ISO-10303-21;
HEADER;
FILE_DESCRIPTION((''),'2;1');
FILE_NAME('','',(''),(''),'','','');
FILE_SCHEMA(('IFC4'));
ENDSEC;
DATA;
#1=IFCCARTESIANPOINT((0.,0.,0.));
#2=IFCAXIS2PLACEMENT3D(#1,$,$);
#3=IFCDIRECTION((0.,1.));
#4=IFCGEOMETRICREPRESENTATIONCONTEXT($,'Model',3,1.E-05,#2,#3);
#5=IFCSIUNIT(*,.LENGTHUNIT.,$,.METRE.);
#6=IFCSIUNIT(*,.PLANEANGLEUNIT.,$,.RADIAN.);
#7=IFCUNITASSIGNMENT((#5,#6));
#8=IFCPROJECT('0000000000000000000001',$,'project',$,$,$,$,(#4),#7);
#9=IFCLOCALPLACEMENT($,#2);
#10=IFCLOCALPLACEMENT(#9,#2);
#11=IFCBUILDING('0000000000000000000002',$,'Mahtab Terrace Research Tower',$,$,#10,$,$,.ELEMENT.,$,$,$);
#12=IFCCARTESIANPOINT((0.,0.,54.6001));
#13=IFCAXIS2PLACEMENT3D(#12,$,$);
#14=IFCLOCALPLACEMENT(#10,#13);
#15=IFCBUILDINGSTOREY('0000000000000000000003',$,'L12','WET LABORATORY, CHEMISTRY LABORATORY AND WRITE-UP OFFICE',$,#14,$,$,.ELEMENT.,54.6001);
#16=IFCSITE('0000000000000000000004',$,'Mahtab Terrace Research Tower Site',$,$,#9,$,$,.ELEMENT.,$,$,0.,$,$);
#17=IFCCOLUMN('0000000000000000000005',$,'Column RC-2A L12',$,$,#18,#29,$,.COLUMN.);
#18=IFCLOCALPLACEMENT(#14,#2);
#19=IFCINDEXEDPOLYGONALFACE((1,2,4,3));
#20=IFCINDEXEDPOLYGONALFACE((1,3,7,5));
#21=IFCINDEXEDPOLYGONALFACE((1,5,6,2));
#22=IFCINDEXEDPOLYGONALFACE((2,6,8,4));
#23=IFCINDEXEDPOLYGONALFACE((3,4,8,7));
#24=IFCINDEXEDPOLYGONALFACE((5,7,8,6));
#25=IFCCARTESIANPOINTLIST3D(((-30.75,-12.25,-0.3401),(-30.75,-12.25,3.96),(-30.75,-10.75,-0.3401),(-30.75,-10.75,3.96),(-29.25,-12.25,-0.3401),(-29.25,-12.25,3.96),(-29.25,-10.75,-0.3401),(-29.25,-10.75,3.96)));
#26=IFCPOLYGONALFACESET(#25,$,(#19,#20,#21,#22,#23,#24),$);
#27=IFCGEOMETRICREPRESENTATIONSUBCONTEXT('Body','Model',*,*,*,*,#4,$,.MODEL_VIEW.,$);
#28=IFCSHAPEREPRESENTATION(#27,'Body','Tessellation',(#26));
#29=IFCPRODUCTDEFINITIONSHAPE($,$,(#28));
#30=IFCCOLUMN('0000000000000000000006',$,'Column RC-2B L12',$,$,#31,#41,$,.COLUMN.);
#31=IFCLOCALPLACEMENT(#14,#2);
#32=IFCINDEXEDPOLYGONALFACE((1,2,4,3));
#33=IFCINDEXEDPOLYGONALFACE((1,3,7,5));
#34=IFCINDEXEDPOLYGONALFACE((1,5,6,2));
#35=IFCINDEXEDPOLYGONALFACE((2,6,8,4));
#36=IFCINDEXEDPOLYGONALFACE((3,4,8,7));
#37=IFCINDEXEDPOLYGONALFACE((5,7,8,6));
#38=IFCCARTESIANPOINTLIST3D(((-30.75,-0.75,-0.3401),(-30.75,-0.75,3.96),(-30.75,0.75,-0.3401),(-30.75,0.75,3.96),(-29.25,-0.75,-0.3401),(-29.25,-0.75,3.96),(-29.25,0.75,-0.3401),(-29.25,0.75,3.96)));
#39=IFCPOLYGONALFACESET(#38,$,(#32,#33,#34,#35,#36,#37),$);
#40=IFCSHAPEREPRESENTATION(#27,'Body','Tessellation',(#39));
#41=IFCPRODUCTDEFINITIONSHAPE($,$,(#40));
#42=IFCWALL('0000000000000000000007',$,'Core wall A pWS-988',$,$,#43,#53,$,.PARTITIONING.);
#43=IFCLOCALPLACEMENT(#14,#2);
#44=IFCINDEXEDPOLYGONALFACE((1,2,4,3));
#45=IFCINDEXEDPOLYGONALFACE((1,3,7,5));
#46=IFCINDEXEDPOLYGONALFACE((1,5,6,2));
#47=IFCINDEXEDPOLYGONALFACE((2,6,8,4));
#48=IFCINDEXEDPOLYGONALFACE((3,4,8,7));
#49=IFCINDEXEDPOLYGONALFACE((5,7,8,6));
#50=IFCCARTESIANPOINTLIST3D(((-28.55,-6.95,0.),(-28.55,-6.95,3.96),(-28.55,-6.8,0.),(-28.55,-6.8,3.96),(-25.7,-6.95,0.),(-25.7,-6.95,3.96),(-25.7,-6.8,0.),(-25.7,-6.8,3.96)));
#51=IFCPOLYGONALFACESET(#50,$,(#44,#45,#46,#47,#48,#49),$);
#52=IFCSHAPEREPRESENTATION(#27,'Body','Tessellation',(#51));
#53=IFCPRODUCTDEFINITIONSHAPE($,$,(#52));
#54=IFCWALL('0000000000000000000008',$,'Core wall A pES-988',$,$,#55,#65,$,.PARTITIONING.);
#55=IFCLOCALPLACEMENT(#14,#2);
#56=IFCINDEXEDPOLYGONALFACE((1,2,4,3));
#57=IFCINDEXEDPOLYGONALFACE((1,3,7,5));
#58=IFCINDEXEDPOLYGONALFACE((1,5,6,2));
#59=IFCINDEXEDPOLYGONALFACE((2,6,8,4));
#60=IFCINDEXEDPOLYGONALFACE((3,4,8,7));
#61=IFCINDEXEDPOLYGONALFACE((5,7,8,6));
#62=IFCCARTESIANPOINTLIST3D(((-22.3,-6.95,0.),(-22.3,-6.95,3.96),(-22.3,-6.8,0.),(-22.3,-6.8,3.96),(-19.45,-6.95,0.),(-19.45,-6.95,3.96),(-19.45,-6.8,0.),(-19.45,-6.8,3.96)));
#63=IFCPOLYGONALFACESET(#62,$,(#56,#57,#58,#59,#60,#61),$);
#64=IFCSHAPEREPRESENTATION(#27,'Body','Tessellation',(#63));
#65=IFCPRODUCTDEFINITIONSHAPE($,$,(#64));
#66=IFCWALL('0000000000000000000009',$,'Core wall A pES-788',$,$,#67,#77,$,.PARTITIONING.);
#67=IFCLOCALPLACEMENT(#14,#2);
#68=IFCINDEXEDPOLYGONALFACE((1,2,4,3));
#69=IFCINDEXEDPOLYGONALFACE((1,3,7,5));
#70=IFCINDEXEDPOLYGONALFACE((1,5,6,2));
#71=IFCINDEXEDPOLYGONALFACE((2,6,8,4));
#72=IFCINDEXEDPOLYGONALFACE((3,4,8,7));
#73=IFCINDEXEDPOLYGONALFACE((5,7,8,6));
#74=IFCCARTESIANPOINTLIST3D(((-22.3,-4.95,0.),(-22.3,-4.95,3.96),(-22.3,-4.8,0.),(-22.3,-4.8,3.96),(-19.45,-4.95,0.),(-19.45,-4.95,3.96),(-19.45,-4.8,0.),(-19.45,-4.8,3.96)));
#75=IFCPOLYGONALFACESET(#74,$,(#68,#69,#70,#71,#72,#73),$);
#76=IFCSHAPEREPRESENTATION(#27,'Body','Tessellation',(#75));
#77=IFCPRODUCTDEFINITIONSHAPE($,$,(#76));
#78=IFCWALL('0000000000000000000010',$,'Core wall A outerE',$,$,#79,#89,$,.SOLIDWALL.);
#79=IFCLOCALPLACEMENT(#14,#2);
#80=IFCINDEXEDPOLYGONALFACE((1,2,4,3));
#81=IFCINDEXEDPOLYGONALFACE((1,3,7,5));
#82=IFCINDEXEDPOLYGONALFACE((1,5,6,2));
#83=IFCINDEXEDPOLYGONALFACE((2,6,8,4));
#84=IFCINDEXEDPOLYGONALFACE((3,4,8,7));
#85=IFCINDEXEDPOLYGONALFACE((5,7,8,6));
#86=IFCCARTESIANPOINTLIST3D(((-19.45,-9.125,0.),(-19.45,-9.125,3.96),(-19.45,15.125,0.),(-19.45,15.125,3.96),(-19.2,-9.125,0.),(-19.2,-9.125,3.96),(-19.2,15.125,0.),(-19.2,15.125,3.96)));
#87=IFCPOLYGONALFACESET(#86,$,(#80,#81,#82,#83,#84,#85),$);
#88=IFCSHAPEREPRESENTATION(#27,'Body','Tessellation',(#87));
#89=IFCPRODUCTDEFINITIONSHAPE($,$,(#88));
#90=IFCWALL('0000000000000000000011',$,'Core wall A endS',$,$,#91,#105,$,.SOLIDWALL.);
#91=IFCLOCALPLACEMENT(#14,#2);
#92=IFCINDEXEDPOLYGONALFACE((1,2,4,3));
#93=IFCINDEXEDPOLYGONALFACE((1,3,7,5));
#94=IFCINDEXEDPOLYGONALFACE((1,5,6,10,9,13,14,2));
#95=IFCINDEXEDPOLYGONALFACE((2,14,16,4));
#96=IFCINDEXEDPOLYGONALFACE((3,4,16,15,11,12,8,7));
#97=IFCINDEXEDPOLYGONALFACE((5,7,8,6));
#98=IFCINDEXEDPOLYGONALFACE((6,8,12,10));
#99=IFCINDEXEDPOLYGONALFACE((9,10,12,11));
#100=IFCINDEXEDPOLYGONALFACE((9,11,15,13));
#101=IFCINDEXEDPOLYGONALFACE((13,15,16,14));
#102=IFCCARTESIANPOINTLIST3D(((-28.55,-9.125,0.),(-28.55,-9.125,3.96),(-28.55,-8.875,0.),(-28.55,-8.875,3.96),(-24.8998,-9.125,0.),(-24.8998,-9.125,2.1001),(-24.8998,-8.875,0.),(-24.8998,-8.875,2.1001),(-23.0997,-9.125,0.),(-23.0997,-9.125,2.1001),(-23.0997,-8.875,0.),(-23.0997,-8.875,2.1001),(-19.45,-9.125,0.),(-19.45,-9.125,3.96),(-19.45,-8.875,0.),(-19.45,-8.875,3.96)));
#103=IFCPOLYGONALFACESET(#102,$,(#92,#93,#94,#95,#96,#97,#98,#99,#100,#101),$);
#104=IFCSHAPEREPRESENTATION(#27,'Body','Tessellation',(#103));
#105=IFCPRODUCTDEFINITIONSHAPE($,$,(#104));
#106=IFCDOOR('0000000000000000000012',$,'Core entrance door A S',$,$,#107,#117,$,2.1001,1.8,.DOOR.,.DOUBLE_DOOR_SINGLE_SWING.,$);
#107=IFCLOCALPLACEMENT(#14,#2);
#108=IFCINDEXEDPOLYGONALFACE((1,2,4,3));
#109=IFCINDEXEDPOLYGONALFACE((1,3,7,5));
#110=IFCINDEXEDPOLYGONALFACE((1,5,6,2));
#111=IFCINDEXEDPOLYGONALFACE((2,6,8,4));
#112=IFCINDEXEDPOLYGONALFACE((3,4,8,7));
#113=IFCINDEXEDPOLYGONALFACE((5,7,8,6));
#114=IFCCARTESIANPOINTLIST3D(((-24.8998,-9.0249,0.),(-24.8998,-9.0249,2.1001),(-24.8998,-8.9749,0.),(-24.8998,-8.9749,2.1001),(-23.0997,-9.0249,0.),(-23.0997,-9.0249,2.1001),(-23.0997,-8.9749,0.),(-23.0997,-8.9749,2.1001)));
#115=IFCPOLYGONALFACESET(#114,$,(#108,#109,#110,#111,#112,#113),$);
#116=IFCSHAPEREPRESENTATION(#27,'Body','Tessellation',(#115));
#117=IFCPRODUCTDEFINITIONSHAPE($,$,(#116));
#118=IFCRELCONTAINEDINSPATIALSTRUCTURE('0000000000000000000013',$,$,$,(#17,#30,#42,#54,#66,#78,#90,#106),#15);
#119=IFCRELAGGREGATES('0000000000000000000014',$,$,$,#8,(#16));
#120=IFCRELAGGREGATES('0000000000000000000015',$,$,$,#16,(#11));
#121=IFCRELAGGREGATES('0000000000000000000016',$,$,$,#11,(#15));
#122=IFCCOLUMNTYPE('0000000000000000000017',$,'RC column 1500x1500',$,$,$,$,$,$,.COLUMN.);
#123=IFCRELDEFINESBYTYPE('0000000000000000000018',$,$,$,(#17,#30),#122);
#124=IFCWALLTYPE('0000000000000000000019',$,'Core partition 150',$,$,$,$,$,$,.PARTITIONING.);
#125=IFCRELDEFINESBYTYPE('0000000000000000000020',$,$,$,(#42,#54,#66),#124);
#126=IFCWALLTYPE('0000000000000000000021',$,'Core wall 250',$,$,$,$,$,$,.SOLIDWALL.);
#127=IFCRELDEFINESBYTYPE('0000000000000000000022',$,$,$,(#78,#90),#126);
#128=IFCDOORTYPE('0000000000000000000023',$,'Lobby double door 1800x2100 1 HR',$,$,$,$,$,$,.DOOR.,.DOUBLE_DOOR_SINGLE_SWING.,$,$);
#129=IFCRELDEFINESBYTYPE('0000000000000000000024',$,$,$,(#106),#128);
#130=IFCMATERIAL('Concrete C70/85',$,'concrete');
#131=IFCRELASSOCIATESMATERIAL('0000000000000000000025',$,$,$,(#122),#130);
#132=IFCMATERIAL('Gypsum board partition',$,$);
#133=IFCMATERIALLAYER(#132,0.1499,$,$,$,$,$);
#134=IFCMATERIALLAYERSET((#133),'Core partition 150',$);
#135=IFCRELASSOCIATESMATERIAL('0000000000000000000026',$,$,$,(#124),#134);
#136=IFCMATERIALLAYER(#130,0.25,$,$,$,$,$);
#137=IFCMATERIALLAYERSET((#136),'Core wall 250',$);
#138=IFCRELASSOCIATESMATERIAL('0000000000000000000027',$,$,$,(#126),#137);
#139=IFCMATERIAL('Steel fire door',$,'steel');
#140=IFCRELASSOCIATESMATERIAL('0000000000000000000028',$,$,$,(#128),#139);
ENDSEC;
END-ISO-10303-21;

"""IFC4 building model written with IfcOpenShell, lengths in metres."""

from ifc_helpers import new_model, si_unit, direction, frame, frame_2d, origin, origin_2d, place, context, subcontext, project, spatial, rectangle, extrude, material, layer, layer_set, material_profile, profile_set, type_object, element, fill, save


model = new_model("IFC4")

# Units and contexts
model_context = context("Model", 3, precision=1e-05, world=origin(), true_north=direction((0.0, 1.0)))
body_context = subcontext(model_context, "Body", "Model", "MODEL_VIEW")
ifc_project = project(units=[si_unit("LENGTHUNIT", "METRE"), si_unit("PLANEANGLEUNIT", "RADIAN")], contexts=[model_context])

# Site, building, storey
site_placement = place(None, origin())
site = spatial("IfcSite", under=ifc_project, at=site_placement, Name="Mahtab Terrace Research Tower Site", CompositionType="ELEMENT", RefElevation=0.0)
building_placement = place(site_placement, origin())
building = spatial("IfcBuilding", under=site, at=building_placement, Name="Mahtab Terrace Research Tower", CompositionType="ELEMENT")
storey_placement = place(building_placement, frame((0.0, 0.0, 54.6001)))
storey = spatial("IfcBuildingStorey", under=building, at=storey_placement, Name="L12", Description="WET LABORATORY, CHEMISTRY LABORATORY AND WRITE-UP OFFICE", CompositionType="ELEMENT", Elevation=54.6001)

# Columns
ifc_material_1 = material(Name="Concrete C70/85", Category="concrete")
ifc_material_profile = material_profile(ifc_material_1, rectangle(XDim=1.5, YDim=1.5, at=origin_2d()), Name="RC column 1500x1500")
ifc_profile_set = profile_set([ifc_material_profile], Name="Concrete C70/85")
column_type = type_object("IfcColumnType", Name="RC column 1500x1500", PredefinedType="COLUMN", material=ifc_profile_set)
for number, where, z_axis, x_axis, name in (
    (1, (-30.0, -11.5, -0.3401), (0.0, 0.0, 1.0), (1.0, 0.0, 0.0), "Column RC-2A L12"),
    (2, (-30.0, 0.0, -0.3401), (0.0, 0.0, 1.0), (1.0, 0.0, 0.0), "Column RC-2B L12"),
):
    element("IfcColumn", number, at=place(storey_placement, frame(where, z_axis=z_axis, x_axis=x_axis)), inside=storey, type_object=column_type, Name=name, PredefinedType="COLUMN", context=body_context, shape_type="SweptSolid", body=[
        extrude(rectangle(XDim=1.5, YDim=1.5, at=origin_2d()), origin(), (0.0, 0.0, 1.0), 4.3),
    ])

# Walls
ifc_material_2 = material(Name="Gypsum board partition")
ifc_layer_1 = layer(ifc_material_2, 0.1499)
ifc_layer_set_1 = layer_set([ifc_layer_1], Name="Core partition 150")
wall_type_1 = type_object("IfcWallType", Name="Core partition 150", PredefinedType="PARTITIONING", material=ifc_layer_set_1)
for number, where, z_axis, x_axis, name in (
    (3, (-28.55, -6.875, 0.0), (0.0, 0.0, 1.0), (1.0, 0.0, 0.0), "Core wall A pWS-988"),
    (4, (-22.3, -6.875, 0.0), (0.0, 0.0, 1.0), (1.0, 0.0, 0.0), "Core wall A pES-988"),
    (5, (-22.3, -4.875, 0.0), (0.0, 0.0, 1.0), (1.0, 0.0, 0.0), "Core wall A pES-788"),
):
    element("IfcWall", number, at=place(storey_placement, frame(where, z_axis=z_axis, x_axis=x_axis)), inside=storey, type_object=wall_type_1, Name=name, PredefinedType="PARTITIONING", context=body_context, shape_type="SweptSolid", body=[
        extrude(rectangle(XDim=2.8501, YDim=0.1499, at=frame_2d((1.425, 0.0))), origin(), (0.0, 0.0, 1.0), 3.96),
    ])
ifc_layer_2 = layer(ifc_material_1, 0.25)
ifc_layer_set_2 = layer_set([ifc_layer_2], Name="Core wall 250")
wall_type_2 = type_object("IfcWallType", Name="Core wall 250", PredefinedType="SOLIDWALL", material=ifc_layer_set_2)
wall_1_placement = place(storey_placement, frame((-19.325, -9.125, 0.0), z_axis=(0.0, 0.0, 1.0), x_axis=(0.0, 1.0, 0.0)))
element("IfcWall", 6, at=wall_1_placement, inside=storey, type_object=wall_type_2, Name="Core wall A outerE", PredefinedType="SOLIDWALL", context=body_context, shape_type="SweptSolid", body=[
    extrude(rectangle(XDim=24.25, YDim=0.25, at=frame_2d((12.125, 0.0))), origin(), (0.0, 0.0, 1.0), 3.96),
])

# Wall, opening, door
wall_2_placement = place(storey_placement, frame((-19.45, -9.0, 0.0), z_axis=(0.0, 0.0, 1.0), x_axis=(-1.0, 0.0, 0.0)))
wall_2 = element("IfcWall", 7, at=wall_2_placement, inside=storey, type_object=wall_type_2, Name="Core wall A endS", PredefinedType="SOLIDWALL", context=body_context, shape_type="SweptSolid", body=[
    extrude(rectangle(XDim=9.1001, YDim=0.25, at=frame_2d((4.55, 0.0))), origin(), (0.0, 0.0, 1.0), 3.96),
])
opening_1_placement = place(wall_2_placement, frame((3.6499, 0.0, 0.0)))
opening_1 = element("IfcOpeningElement", 8, at=opening_1_placement, cuts=wall_2, PredefinedType="OPENING", context=body_context, shape_type="SweptSolid", body=[
    extrude(rectangle(XDim=1.8, YDim=2.1001, at=frame_2d((0.8999, 1.05))), frame((0.0, 0.135, 0.0), z_axis=(0.0, -1.0, 0.0), x_axis=(1.0, 0.0, 0.0)), (0.0, 0.0, 1.0), 0.27),
])
ifc_material_3 = material(Name="Steel fire door", Category="steel")
door_type_1 = type_object("IfcDoorType", Name="Lobby double door 1800x2100 1 HR", OperationType="DOUBLE_DOOR_SINGLE_SWING", PredefinedType="DOOR", material=ifc_material_3)
door_1_placement = place(opening_1_placement, origin())
door_1 = element("IfcDoor", 9, at=door_1_placement, inside=storey, type_object=door_type_1, Name="Core entrance door A S", OperationType="DOUBLE_DOOR_SINGLE_SWING", OverallHeight=2.1001, OverallWidth=1.8, PredefinedType="DOOR", context=body_context, shape_type="SweptSolid", body=[
    extrude(rectangle(XDim=1.8, YDim=2.1001, at=frame_2d((0.8999, 1.05))), frame((0.0, 0.0249, 0.0), z_axis=(0.0, -1.0, 0.0), x_axis=(1.0, 0.0, 0.0)), (0.0, 0.0, 1.0), 0.05),
])
fill(opening_1, door_1)

save(model, "model.ifc")
